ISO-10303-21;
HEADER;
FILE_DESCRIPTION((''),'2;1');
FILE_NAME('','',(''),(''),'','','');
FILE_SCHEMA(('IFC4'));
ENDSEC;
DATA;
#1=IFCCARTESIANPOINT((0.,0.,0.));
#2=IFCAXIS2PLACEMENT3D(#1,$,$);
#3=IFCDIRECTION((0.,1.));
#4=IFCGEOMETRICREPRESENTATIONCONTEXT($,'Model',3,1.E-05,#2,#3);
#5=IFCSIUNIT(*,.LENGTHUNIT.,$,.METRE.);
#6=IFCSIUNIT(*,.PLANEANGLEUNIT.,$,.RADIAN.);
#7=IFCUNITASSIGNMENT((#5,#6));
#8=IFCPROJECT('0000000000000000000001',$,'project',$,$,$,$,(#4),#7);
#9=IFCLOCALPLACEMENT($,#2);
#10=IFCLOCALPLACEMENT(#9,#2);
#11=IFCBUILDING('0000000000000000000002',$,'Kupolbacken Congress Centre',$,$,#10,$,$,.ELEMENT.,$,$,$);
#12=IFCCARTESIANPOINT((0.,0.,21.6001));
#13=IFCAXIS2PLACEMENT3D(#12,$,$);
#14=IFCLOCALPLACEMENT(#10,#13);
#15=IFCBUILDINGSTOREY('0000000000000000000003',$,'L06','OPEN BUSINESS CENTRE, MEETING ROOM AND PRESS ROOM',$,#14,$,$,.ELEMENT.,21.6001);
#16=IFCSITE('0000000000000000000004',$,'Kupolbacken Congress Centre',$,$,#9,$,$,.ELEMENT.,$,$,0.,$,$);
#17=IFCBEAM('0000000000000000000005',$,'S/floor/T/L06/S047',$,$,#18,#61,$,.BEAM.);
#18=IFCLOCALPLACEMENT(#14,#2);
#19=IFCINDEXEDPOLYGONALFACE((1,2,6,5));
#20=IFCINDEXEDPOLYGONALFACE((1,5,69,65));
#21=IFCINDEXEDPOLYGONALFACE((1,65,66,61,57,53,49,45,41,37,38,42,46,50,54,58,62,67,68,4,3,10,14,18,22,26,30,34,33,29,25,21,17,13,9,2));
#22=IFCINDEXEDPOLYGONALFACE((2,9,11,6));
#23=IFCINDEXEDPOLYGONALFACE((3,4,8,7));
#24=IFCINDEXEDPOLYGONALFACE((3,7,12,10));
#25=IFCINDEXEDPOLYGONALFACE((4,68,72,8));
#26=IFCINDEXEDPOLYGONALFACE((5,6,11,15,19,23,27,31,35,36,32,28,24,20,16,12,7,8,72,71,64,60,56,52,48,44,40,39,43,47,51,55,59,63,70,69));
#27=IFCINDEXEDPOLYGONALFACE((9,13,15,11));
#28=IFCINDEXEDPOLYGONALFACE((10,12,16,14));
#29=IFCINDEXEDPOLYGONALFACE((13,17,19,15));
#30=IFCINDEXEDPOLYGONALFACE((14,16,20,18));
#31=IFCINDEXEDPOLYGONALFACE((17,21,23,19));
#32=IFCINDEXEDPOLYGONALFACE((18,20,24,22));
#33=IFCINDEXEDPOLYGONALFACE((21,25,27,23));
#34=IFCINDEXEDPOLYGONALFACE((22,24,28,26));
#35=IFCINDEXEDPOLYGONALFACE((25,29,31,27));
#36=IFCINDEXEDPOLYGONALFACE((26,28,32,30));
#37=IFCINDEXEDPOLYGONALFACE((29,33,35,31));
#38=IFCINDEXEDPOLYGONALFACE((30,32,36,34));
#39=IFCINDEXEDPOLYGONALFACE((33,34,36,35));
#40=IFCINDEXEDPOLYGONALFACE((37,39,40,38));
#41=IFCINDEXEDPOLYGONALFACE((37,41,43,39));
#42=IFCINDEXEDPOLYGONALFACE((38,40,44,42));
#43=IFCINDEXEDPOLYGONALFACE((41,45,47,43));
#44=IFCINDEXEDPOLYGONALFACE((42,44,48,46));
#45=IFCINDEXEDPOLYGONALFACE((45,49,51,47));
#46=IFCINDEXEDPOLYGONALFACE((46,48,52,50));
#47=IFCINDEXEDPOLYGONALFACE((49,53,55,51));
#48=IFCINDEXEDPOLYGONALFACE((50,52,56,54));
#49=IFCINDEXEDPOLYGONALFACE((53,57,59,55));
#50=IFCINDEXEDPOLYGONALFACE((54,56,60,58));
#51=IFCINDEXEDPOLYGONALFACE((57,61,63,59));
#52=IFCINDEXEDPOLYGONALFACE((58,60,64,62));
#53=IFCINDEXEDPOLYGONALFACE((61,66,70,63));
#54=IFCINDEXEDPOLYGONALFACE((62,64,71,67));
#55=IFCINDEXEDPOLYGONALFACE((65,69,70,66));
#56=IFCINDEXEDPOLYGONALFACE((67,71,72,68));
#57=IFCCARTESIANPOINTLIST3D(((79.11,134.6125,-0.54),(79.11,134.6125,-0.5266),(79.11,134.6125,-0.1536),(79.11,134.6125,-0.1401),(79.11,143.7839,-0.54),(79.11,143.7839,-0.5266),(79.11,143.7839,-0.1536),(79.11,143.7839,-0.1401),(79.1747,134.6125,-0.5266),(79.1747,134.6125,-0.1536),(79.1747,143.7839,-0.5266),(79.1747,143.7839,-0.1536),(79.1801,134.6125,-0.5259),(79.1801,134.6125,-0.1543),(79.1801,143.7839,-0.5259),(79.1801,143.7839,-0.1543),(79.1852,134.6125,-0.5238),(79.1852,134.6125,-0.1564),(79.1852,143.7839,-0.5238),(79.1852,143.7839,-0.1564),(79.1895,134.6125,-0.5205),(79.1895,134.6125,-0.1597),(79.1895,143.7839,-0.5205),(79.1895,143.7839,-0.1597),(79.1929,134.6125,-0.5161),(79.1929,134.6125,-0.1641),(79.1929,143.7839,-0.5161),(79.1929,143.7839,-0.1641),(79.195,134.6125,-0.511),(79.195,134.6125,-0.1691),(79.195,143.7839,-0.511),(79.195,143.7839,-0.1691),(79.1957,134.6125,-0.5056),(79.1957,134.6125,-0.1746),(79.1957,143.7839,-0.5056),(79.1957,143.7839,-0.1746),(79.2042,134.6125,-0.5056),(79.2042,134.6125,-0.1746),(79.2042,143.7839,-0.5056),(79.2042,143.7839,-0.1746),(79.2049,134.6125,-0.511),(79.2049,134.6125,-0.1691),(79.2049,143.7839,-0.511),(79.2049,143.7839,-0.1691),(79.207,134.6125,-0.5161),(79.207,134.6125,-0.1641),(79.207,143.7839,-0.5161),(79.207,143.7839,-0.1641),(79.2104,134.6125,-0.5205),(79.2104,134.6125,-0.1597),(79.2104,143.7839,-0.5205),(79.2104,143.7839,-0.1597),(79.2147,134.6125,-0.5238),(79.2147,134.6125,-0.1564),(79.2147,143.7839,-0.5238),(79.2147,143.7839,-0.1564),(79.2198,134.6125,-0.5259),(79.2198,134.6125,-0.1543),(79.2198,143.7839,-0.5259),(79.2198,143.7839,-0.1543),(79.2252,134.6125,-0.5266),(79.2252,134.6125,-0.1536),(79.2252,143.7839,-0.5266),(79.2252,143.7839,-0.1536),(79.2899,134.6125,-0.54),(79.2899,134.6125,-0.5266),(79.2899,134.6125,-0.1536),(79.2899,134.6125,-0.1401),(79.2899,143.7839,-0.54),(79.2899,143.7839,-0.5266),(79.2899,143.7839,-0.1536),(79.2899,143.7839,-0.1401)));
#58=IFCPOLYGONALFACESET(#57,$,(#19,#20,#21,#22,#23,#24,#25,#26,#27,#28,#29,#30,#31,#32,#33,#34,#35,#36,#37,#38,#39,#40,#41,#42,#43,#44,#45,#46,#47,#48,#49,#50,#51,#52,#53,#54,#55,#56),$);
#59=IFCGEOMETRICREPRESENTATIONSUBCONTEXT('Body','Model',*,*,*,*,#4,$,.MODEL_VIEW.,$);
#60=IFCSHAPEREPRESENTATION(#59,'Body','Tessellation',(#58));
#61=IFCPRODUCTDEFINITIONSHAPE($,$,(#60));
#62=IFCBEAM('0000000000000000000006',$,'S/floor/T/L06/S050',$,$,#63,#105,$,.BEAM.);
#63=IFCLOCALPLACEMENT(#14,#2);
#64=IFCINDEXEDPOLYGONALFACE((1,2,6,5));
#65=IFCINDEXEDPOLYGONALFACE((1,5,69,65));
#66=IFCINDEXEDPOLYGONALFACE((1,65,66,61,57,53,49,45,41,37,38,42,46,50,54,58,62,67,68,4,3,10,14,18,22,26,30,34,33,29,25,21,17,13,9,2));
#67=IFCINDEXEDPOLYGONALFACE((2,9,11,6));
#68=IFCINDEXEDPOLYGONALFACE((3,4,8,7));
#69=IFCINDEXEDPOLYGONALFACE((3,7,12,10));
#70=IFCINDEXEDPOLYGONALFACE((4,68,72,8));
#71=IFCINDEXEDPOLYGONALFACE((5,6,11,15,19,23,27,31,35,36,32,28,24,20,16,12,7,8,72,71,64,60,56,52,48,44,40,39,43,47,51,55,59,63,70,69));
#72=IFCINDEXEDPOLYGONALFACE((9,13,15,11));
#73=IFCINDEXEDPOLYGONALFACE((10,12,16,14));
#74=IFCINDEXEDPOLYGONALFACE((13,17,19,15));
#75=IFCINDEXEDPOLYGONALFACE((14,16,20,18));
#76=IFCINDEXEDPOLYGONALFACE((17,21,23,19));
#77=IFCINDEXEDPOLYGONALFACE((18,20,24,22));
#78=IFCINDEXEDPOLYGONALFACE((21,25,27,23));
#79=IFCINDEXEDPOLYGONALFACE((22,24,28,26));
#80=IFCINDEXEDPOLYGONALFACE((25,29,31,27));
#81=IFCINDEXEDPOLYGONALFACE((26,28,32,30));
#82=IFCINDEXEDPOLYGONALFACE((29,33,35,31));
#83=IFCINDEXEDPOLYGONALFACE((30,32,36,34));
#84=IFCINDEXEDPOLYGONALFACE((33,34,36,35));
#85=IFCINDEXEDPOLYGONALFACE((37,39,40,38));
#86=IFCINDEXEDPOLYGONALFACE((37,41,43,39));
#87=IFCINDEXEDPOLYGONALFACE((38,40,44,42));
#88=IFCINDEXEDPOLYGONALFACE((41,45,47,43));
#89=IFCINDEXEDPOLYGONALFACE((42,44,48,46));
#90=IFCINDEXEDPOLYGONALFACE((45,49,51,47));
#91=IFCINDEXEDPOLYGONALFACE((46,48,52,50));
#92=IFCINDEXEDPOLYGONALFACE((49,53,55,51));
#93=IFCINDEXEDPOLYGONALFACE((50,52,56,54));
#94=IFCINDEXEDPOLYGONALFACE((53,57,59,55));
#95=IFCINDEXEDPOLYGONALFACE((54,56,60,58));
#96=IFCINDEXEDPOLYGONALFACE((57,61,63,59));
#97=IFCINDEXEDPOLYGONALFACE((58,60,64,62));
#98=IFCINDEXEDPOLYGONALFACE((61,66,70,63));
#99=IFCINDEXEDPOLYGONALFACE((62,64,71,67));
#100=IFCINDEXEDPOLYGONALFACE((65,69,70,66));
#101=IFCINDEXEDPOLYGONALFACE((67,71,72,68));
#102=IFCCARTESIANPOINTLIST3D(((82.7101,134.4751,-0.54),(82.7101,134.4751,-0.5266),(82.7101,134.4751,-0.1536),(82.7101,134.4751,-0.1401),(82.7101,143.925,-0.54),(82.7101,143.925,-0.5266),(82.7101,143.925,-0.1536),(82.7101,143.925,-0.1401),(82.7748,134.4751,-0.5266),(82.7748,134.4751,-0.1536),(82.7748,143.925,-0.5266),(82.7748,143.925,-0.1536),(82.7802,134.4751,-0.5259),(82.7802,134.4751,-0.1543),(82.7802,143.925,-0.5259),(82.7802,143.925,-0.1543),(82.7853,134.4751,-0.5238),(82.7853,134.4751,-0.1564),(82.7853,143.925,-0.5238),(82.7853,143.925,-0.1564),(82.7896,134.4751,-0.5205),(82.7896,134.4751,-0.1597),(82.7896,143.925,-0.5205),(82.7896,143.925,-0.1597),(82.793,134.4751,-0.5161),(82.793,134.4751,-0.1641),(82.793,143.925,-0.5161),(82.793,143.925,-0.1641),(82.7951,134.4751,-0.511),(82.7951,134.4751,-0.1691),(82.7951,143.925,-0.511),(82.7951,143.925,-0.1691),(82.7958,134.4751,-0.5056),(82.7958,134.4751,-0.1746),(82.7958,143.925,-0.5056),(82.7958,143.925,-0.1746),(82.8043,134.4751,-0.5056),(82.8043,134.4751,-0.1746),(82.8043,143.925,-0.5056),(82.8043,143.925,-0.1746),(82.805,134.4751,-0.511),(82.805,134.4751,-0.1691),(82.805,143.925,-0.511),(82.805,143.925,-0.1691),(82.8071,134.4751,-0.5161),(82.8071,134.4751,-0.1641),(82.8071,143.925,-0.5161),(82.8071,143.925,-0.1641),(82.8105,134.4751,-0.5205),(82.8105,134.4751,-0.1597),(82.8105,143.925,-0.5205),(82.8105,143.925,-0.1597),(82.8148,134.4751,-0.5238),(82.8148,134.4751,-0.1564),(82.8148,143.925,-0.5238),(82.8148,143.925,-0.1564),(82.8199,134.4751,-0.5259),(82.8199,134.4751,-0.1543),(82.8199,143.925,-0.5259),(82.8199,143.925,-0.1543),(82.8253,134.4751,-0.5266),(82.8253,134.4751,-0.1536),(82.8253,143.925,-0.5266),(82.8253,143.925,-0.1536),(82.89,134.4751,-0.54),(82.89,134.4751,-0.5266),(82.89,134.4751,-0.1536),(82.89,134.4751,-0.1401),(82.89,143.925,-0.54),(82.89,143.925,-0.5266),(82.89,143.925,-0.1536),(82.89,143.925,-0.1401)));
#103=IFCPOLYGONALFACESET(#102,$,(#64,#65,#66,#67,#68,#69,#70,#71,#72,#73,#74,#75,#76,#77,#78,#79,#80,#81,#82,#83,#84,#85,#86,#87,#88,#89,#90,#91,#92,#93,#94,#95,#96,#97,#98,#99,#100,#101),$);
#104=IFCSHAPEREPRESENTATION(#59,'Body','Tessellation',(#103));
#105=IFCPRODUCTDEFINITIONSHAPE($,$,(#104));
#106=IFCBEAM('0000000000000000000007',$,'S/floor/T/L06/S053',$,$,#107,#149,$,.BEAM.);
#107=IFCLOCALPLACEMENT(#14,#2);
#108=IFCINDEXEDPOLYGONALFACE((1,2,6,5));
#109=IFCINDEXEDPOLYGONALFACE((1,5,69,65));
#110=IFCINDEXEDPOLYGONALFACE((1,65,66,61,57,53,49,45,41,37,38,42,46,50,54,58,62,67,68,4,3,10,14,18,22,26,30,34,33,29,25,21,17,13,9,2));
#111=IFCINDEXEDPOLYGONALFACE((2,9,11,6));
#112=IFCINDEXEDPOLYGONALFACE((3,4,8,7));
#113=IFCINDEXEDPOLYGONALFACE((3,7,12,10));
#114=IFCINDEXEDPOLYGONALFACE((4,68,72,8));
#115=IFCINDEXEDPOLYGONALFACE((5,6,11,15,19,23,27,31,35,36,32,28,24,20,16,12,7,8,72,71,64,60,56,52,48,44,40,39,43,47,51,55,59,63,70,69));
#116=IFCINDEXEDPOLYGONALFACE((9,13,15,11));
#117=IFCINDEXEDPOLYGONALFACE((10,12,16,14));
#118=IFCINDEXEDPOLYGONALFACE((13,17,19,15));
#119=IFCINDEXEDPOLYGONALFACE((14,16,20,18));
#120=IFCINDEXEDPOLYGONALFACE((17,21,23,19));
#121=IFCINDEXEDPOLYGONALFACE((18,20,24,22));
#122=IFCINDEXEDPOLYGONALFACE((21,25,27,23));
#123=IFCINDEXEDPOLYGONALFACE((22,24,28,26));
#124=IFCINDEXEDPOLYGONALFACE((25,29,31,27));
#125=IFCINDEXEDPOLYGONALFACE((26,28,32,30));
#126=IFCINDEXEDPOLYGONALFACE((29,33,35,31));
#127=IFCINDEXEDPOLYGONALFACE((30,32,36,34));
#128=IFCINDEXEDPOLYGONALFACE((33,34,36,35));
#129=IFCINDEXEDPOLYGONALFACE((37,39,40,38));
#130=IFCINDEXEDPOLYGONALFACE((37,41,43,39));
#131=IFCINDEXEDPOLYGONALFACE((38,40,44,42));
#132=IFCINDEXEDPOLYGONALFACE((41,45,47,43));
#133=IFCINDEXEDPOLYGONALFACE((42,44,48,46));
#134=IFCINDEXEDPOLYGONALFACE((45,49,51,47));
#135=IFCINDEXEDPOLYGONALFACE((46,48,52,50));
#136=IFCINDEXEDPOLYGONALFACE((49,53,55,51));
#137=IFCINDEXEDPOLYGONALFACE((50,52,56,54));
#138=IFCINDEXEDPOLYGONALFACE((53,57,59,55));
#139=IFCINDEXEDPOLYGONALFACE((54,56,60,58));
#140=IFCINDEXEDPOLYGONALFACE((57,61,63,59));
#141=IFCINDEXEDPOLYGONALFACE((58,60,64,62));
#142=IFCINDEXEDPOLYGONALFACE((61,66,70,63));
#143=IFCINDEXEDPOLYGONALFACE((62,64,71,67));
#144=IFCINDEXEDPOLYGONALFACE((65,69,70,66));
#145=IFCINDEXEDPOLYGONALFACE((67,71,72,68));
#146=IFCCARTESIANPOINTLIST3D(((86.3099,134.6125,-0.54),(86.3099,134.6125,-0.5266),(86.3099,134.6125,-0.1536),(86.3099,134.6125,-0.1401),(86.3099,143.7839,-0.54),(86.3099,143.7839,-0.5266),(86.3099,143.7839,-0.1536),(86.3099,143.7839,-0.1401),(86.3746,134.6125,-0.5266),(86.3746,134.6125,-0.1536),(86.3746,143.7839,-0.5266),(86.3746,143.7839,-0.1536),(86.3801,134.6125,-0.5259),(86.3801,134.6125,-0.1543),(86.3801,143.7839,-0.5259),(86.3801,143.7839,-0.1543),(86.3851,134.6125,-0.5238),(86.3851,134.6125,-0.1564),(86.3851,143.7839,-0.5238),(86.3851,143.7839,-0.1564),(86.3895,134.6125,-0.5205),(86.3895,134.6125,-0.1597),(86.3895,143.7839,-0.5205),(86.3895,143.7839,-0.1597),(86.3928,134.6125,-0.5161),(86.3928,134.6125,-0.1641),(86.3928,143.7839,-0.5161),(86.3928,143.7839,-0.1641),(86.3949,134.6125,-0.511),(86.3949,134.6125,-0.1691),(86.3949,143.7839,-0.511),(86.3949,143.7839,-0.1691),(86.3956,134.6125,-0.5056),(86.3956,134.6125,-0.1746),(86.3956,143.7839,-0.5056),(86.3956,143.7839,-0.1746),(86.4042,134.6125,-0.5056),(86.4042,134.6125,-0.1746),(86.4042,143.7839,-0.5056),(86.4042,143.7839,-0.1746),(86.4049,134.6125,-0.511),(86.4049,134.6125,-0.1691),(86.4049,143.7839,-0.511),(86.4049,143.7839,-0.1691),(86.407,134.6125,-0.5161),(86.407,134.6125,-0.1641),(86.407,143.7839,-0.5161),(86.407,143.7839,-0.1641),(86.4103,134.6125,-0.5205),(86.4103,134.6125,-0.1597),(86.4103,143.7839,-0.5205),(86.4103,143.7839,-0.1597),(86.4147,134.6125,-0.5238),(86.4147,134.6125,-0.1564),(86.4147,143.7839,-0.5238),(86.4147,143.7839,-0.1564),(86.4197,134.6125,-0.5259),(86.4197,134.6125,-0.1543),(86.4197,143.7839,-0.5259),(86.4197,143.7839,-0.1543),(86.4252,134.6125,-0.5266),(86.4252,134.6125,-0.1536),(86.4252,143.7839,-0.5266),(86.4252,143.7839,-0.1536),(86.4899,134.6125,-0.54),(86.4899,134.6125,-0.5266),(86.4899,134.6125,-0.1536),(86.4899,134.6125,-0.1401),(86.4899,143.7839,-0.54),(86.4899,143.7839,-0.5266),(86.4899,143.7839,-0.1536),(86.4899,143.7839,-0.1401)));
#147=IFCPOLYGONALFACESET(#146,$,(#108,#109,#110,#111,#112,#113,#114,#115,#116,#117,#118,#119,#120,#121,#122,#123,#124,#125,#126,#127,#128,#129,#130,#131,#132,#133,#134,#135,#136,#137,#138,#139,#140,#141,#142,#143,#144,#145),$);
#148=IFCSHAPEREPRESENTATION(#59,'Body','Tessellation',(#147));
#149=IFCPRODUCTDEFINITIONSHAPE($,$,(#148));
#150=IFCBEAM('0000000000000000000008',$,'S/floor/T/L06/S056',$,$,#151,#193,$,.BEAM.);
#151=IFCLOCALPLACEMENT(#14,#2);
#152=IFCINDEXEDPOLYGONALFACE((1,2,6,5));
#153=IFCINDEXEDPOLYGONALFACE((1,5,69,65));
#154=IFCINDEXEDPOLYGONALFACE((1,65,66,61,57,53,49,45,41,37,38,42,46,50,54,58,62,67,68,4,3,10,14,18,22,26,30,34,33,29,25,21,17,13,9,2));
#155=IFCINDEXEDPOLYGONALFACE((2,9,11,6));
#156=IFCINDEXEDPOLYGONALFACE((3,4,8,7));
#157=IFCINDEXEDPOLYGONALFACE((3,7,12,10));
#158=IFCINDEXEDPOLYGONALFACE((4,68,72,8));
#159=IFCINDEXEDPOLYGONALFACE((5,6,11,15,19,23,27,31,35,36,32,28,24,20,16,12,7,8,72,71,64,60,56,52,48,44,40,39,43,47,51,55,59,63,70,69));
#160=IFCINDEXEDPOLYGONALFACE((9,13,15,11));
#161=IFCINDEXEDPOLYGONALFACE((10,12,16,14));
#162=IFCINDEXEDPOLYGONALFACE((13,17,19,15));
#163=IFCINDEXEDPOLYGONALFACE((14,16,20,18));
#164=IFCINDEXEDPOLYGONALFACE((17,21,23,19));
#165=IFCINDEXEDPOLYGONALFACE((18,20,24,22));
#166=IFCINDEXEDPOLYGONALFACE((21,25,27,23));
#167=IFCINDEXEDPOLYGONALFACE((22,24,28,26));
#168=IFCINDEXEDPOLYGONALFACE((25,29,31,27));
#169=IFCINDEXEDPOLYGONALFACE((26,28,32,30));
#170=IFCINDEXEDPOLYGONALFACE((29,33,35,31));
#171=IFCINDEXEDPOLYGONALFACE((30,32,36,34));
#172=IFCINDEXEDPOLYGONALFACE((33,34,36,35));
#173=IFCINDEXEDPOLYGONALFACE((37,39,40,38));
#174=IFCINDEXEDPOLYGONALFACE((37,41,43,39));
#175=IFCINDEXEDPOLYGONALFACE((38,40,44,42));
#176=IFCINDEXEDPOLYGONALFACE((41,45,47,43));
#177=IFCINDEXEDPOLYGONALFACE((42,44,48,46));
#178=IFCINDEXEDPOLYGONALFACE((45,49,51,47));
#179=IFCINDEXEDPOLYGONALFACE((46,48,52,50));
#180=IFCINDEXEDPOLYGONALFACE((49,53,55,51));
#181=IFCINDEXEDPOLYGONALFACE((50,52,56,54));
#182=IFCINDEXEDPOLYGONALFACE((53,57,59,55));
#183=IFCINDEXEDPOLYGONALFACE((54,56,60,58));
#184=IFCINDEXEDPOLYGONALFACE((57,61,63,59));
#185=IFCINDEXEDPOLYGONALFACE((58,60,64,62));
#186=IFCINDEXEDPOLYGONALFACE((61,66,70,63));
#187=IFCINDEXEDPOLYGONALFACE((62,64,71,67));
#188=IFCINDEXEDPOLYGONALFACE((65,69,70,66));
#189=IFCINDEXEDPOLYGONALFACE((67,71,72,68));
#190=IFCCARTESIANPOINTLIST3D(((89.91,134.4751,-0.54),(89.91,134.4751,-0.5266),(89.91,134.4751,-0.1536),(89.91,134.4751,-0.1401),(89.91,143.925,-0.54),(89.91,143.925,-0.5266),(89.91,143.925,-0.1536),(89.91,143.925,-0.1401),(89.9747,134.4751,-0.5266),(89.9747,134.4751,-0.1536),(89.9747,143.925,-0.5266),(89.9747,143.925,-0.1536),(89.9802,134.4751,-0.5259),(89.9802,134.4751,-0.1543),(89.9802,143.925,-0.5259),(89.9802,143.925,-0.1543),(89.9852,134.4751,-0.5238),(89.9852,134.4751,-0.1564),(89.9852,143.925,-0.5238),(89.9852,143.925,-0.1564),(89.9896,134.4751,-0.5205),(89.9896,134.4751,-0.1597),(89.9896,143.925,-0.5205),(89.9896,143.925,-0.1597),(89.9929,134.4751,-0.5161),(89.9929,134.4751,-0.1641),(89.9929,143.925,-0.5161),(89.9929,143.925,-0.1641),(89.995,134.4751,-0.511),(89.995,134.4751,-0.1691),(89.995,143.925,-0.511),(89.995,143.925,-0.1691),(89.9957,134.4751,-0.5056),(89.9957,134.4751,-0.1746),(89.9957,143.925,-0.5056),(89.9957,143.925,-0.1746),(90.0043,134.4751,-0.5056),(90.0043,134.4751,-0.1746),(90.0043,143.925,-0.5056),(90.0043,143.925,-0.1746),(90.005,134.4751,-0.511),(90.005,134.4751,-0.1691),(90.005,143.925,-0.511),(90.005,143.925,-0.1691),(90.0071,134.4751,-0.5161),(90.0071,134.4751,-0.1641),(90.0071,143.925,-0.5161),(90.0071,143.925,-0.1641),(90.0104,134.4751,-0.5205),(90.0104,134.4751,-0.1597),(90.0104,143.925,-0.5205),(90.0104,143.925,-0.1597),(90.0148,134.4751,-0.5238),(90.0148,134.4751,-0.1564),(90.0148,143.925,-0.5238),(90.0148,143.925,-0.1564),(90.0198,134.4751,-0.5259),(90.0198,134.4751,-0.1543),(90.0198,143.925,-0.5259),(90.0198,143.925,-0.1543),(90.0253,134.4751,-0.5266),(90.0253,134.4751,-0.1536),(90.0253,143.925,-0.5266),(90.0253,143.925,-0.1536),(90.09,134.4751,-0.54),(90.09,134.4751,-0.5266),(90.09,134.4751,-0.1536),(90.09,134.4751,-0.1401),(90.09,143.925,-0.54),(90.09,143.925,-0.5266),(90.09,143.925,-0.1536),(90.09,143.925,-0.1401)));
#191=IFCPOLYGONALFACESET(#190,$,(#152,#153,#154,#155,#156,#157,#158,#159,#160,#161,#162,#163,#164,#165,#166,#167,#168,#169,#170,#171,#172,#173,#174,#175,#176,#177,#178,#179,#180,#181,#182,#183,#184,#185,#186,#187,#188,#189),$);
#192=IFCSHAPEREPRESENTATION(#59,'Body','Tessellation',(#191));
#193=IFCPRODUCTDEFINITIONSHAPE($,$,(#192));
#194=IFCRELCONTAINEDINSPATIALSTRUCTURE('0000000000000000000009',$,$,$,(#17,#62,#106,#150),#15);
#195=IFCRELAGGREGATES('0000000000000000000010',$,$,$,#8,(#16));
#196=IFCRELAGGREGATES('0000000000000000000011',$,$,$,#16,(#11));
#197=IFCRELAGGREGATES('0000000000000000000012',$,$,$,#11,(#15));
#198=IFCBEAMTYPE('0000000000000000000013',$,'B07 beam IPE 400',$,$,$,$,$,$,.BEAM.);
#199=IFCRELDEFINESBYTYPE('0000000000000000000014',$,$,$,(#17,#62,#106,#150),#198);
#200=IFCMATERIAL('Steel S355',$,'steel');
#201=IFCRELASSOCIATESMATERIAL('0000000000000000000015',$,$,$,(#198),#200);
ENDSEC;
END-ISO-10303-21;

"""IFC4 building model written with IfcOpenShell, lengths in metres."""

from ifc_helpers import new_model, si_unit, direction, frame, origin, origin_2d, place, context, subcontext, project, spatial, i_section, extrude, material, material_profile, profile_set, type_object, element, save


model = new_model("IFC4")

# Units and contexts
model_context = context("Model", 3, precision=1e-05, world=origin(), true_north=direction((0.0, 1.0)))
body_context = subcontext(model_context, "Body", "Model", "MODEL_VIEW")
ifc_project = project(units=[si_unit("LENGTHUNIT", "METRE"), si_unit("PLANEANGLEUNIT", "RADIAN")], contexts=[model_context])

# Site, building, storey
site_placement = place(None, origin())
site = spatial("IfcSite", under=ifc_project, at=site_placement, Name="Kupolbacken Congress Centre", CompositionType="ELEMENT", RefElevation=0.0)
building_placement = place(site_placement, origin())
building = spatial("IfcBuilding", under=site, at=building_placement, Name="Kupolbacken Congress Centre", CompositionType="ELEMENT")
storey_placement = place(building_placement, frame((0.0, 0.0, 21.6001)))
storey = spatial("IfcBuildingStorey", under=building, at=storey_placement, Name="L06", Description="OPEN BUSINESS CENTRE, MEETING ROOM AND PRESS ROOM", CompositionType="ELEMENT", Elevation=21.6001)

# Beams
ifc_material_1 = material(Name="Steel S355", Category="steel")
ifc_material_profile_1 = material_profile(ifc_material_1, i_section(OverallWidth=0.1799, OverallDepth=0.3999, WebThickness=0.0085, FlangeThickness=0.0134, FilletRadius=0.021, at=origin_2d()), Name="IPE 400")
ifc_profile_set_1 = profile_set([ifc_material_profile_1], Name="Steel S355")
beam_type_1 = type_object("IfcBeamType", Name="B07 beam IPE 400", PredefinedType="BEAM", material=ifc_profile_set_1)
beam_1_placement = place(storey_placement, frame((79.2, 134.6125, -0.3401), z_axis=(0.0, 1.0, 0.0), x_axis=(-1.0, 0.0, 0.0)))
element("IfcBeam", 1, at=beam_1_placement, inside=storey, type_object=beam_type_1, Name="S/floor/T/L06/S047", PredefinedType="BEAM", context=body_context, shape_type="SweptSolid", body=[
    extrude(i_section(OverallWidth=0.1799, OverallDepth=0.3999, WebThickness=0.0085, FlangeThickness=0.0134, FilletRadius=0.021, at=origin_2d()), origin(), (0.0, 0.0, 1.0), 9.1714),
])
beam_2_placement = place(storey_placement, frame((82.8, 134.4751, -0.3401), z_axis=(0.0, 1.0, 0.0), x_axis=(-1.0, 0.0, 0.0)))
element("IfcBeam", 2, at=beam_2_placement, inside=storey, type_object=beam_type_1, Name="S/floor/T/L06/S050", PredefinedType="BEAM", context=body_context, shape_type="SweptSolid", body=[
    extrude(i_section(OverallWidth=0.1799, OverallDepth=0.3999, WebThickness=0.0085, FlangeThickness=0.0134, FilletRadius=0.021, at=origin_2d()), origin(), (0.0, 0.0, 1.0), 9.45),
])
beam_3_placement = place(storey_placement, frame((86.3999, 134.6125, -0.3401), z_axis=(0.0, 1.0, 0.0), x_axis=(-1.0, 0.0, 0.0)))
element("IfcBeam", 3, at=beam_3_placement, inside=storey, type_object=beam_type_1, Name="S/floor/T/L06/S053", PredefinedType="BEAM", context=body_context, shape_type="SweptSolid", body=[
    extrude(i_section(OverallWidth=0.1799, OverallDepth=0.3999, WebThickness=0.0085, FlangeThickness=0.0134, FilletRadius=0.021, at=origin_2d()), origin(), (0.0, 0.0, 1.0), 9.1714),
])
beam_4_placement = place(storey_placement, frame((90.0, 134.4751, -0.3401), z_axis=(0.0, 1.0, 0.0), x_axis=(-1.0, 0.0, 0.0)))
element("IfcBeam", 4, at=beam_4_placement, inside=storey, type_object=beam_type_1, Name="S/floor/T/L06/S056", PredefinedType="BEAM", context=body_context, shape_type="SweptSolid", body=[
    extrude(i_section(OverallWidth=0.1799, OverallDepth=0.3999, WebThickness=0.0085, FlangeThickness=0.0134, FilletRadius=0.021, at=origin_2d()), origin(), (0.0, 0.0, 1.0), 9.45),
])

save(model, "model.ifc")
